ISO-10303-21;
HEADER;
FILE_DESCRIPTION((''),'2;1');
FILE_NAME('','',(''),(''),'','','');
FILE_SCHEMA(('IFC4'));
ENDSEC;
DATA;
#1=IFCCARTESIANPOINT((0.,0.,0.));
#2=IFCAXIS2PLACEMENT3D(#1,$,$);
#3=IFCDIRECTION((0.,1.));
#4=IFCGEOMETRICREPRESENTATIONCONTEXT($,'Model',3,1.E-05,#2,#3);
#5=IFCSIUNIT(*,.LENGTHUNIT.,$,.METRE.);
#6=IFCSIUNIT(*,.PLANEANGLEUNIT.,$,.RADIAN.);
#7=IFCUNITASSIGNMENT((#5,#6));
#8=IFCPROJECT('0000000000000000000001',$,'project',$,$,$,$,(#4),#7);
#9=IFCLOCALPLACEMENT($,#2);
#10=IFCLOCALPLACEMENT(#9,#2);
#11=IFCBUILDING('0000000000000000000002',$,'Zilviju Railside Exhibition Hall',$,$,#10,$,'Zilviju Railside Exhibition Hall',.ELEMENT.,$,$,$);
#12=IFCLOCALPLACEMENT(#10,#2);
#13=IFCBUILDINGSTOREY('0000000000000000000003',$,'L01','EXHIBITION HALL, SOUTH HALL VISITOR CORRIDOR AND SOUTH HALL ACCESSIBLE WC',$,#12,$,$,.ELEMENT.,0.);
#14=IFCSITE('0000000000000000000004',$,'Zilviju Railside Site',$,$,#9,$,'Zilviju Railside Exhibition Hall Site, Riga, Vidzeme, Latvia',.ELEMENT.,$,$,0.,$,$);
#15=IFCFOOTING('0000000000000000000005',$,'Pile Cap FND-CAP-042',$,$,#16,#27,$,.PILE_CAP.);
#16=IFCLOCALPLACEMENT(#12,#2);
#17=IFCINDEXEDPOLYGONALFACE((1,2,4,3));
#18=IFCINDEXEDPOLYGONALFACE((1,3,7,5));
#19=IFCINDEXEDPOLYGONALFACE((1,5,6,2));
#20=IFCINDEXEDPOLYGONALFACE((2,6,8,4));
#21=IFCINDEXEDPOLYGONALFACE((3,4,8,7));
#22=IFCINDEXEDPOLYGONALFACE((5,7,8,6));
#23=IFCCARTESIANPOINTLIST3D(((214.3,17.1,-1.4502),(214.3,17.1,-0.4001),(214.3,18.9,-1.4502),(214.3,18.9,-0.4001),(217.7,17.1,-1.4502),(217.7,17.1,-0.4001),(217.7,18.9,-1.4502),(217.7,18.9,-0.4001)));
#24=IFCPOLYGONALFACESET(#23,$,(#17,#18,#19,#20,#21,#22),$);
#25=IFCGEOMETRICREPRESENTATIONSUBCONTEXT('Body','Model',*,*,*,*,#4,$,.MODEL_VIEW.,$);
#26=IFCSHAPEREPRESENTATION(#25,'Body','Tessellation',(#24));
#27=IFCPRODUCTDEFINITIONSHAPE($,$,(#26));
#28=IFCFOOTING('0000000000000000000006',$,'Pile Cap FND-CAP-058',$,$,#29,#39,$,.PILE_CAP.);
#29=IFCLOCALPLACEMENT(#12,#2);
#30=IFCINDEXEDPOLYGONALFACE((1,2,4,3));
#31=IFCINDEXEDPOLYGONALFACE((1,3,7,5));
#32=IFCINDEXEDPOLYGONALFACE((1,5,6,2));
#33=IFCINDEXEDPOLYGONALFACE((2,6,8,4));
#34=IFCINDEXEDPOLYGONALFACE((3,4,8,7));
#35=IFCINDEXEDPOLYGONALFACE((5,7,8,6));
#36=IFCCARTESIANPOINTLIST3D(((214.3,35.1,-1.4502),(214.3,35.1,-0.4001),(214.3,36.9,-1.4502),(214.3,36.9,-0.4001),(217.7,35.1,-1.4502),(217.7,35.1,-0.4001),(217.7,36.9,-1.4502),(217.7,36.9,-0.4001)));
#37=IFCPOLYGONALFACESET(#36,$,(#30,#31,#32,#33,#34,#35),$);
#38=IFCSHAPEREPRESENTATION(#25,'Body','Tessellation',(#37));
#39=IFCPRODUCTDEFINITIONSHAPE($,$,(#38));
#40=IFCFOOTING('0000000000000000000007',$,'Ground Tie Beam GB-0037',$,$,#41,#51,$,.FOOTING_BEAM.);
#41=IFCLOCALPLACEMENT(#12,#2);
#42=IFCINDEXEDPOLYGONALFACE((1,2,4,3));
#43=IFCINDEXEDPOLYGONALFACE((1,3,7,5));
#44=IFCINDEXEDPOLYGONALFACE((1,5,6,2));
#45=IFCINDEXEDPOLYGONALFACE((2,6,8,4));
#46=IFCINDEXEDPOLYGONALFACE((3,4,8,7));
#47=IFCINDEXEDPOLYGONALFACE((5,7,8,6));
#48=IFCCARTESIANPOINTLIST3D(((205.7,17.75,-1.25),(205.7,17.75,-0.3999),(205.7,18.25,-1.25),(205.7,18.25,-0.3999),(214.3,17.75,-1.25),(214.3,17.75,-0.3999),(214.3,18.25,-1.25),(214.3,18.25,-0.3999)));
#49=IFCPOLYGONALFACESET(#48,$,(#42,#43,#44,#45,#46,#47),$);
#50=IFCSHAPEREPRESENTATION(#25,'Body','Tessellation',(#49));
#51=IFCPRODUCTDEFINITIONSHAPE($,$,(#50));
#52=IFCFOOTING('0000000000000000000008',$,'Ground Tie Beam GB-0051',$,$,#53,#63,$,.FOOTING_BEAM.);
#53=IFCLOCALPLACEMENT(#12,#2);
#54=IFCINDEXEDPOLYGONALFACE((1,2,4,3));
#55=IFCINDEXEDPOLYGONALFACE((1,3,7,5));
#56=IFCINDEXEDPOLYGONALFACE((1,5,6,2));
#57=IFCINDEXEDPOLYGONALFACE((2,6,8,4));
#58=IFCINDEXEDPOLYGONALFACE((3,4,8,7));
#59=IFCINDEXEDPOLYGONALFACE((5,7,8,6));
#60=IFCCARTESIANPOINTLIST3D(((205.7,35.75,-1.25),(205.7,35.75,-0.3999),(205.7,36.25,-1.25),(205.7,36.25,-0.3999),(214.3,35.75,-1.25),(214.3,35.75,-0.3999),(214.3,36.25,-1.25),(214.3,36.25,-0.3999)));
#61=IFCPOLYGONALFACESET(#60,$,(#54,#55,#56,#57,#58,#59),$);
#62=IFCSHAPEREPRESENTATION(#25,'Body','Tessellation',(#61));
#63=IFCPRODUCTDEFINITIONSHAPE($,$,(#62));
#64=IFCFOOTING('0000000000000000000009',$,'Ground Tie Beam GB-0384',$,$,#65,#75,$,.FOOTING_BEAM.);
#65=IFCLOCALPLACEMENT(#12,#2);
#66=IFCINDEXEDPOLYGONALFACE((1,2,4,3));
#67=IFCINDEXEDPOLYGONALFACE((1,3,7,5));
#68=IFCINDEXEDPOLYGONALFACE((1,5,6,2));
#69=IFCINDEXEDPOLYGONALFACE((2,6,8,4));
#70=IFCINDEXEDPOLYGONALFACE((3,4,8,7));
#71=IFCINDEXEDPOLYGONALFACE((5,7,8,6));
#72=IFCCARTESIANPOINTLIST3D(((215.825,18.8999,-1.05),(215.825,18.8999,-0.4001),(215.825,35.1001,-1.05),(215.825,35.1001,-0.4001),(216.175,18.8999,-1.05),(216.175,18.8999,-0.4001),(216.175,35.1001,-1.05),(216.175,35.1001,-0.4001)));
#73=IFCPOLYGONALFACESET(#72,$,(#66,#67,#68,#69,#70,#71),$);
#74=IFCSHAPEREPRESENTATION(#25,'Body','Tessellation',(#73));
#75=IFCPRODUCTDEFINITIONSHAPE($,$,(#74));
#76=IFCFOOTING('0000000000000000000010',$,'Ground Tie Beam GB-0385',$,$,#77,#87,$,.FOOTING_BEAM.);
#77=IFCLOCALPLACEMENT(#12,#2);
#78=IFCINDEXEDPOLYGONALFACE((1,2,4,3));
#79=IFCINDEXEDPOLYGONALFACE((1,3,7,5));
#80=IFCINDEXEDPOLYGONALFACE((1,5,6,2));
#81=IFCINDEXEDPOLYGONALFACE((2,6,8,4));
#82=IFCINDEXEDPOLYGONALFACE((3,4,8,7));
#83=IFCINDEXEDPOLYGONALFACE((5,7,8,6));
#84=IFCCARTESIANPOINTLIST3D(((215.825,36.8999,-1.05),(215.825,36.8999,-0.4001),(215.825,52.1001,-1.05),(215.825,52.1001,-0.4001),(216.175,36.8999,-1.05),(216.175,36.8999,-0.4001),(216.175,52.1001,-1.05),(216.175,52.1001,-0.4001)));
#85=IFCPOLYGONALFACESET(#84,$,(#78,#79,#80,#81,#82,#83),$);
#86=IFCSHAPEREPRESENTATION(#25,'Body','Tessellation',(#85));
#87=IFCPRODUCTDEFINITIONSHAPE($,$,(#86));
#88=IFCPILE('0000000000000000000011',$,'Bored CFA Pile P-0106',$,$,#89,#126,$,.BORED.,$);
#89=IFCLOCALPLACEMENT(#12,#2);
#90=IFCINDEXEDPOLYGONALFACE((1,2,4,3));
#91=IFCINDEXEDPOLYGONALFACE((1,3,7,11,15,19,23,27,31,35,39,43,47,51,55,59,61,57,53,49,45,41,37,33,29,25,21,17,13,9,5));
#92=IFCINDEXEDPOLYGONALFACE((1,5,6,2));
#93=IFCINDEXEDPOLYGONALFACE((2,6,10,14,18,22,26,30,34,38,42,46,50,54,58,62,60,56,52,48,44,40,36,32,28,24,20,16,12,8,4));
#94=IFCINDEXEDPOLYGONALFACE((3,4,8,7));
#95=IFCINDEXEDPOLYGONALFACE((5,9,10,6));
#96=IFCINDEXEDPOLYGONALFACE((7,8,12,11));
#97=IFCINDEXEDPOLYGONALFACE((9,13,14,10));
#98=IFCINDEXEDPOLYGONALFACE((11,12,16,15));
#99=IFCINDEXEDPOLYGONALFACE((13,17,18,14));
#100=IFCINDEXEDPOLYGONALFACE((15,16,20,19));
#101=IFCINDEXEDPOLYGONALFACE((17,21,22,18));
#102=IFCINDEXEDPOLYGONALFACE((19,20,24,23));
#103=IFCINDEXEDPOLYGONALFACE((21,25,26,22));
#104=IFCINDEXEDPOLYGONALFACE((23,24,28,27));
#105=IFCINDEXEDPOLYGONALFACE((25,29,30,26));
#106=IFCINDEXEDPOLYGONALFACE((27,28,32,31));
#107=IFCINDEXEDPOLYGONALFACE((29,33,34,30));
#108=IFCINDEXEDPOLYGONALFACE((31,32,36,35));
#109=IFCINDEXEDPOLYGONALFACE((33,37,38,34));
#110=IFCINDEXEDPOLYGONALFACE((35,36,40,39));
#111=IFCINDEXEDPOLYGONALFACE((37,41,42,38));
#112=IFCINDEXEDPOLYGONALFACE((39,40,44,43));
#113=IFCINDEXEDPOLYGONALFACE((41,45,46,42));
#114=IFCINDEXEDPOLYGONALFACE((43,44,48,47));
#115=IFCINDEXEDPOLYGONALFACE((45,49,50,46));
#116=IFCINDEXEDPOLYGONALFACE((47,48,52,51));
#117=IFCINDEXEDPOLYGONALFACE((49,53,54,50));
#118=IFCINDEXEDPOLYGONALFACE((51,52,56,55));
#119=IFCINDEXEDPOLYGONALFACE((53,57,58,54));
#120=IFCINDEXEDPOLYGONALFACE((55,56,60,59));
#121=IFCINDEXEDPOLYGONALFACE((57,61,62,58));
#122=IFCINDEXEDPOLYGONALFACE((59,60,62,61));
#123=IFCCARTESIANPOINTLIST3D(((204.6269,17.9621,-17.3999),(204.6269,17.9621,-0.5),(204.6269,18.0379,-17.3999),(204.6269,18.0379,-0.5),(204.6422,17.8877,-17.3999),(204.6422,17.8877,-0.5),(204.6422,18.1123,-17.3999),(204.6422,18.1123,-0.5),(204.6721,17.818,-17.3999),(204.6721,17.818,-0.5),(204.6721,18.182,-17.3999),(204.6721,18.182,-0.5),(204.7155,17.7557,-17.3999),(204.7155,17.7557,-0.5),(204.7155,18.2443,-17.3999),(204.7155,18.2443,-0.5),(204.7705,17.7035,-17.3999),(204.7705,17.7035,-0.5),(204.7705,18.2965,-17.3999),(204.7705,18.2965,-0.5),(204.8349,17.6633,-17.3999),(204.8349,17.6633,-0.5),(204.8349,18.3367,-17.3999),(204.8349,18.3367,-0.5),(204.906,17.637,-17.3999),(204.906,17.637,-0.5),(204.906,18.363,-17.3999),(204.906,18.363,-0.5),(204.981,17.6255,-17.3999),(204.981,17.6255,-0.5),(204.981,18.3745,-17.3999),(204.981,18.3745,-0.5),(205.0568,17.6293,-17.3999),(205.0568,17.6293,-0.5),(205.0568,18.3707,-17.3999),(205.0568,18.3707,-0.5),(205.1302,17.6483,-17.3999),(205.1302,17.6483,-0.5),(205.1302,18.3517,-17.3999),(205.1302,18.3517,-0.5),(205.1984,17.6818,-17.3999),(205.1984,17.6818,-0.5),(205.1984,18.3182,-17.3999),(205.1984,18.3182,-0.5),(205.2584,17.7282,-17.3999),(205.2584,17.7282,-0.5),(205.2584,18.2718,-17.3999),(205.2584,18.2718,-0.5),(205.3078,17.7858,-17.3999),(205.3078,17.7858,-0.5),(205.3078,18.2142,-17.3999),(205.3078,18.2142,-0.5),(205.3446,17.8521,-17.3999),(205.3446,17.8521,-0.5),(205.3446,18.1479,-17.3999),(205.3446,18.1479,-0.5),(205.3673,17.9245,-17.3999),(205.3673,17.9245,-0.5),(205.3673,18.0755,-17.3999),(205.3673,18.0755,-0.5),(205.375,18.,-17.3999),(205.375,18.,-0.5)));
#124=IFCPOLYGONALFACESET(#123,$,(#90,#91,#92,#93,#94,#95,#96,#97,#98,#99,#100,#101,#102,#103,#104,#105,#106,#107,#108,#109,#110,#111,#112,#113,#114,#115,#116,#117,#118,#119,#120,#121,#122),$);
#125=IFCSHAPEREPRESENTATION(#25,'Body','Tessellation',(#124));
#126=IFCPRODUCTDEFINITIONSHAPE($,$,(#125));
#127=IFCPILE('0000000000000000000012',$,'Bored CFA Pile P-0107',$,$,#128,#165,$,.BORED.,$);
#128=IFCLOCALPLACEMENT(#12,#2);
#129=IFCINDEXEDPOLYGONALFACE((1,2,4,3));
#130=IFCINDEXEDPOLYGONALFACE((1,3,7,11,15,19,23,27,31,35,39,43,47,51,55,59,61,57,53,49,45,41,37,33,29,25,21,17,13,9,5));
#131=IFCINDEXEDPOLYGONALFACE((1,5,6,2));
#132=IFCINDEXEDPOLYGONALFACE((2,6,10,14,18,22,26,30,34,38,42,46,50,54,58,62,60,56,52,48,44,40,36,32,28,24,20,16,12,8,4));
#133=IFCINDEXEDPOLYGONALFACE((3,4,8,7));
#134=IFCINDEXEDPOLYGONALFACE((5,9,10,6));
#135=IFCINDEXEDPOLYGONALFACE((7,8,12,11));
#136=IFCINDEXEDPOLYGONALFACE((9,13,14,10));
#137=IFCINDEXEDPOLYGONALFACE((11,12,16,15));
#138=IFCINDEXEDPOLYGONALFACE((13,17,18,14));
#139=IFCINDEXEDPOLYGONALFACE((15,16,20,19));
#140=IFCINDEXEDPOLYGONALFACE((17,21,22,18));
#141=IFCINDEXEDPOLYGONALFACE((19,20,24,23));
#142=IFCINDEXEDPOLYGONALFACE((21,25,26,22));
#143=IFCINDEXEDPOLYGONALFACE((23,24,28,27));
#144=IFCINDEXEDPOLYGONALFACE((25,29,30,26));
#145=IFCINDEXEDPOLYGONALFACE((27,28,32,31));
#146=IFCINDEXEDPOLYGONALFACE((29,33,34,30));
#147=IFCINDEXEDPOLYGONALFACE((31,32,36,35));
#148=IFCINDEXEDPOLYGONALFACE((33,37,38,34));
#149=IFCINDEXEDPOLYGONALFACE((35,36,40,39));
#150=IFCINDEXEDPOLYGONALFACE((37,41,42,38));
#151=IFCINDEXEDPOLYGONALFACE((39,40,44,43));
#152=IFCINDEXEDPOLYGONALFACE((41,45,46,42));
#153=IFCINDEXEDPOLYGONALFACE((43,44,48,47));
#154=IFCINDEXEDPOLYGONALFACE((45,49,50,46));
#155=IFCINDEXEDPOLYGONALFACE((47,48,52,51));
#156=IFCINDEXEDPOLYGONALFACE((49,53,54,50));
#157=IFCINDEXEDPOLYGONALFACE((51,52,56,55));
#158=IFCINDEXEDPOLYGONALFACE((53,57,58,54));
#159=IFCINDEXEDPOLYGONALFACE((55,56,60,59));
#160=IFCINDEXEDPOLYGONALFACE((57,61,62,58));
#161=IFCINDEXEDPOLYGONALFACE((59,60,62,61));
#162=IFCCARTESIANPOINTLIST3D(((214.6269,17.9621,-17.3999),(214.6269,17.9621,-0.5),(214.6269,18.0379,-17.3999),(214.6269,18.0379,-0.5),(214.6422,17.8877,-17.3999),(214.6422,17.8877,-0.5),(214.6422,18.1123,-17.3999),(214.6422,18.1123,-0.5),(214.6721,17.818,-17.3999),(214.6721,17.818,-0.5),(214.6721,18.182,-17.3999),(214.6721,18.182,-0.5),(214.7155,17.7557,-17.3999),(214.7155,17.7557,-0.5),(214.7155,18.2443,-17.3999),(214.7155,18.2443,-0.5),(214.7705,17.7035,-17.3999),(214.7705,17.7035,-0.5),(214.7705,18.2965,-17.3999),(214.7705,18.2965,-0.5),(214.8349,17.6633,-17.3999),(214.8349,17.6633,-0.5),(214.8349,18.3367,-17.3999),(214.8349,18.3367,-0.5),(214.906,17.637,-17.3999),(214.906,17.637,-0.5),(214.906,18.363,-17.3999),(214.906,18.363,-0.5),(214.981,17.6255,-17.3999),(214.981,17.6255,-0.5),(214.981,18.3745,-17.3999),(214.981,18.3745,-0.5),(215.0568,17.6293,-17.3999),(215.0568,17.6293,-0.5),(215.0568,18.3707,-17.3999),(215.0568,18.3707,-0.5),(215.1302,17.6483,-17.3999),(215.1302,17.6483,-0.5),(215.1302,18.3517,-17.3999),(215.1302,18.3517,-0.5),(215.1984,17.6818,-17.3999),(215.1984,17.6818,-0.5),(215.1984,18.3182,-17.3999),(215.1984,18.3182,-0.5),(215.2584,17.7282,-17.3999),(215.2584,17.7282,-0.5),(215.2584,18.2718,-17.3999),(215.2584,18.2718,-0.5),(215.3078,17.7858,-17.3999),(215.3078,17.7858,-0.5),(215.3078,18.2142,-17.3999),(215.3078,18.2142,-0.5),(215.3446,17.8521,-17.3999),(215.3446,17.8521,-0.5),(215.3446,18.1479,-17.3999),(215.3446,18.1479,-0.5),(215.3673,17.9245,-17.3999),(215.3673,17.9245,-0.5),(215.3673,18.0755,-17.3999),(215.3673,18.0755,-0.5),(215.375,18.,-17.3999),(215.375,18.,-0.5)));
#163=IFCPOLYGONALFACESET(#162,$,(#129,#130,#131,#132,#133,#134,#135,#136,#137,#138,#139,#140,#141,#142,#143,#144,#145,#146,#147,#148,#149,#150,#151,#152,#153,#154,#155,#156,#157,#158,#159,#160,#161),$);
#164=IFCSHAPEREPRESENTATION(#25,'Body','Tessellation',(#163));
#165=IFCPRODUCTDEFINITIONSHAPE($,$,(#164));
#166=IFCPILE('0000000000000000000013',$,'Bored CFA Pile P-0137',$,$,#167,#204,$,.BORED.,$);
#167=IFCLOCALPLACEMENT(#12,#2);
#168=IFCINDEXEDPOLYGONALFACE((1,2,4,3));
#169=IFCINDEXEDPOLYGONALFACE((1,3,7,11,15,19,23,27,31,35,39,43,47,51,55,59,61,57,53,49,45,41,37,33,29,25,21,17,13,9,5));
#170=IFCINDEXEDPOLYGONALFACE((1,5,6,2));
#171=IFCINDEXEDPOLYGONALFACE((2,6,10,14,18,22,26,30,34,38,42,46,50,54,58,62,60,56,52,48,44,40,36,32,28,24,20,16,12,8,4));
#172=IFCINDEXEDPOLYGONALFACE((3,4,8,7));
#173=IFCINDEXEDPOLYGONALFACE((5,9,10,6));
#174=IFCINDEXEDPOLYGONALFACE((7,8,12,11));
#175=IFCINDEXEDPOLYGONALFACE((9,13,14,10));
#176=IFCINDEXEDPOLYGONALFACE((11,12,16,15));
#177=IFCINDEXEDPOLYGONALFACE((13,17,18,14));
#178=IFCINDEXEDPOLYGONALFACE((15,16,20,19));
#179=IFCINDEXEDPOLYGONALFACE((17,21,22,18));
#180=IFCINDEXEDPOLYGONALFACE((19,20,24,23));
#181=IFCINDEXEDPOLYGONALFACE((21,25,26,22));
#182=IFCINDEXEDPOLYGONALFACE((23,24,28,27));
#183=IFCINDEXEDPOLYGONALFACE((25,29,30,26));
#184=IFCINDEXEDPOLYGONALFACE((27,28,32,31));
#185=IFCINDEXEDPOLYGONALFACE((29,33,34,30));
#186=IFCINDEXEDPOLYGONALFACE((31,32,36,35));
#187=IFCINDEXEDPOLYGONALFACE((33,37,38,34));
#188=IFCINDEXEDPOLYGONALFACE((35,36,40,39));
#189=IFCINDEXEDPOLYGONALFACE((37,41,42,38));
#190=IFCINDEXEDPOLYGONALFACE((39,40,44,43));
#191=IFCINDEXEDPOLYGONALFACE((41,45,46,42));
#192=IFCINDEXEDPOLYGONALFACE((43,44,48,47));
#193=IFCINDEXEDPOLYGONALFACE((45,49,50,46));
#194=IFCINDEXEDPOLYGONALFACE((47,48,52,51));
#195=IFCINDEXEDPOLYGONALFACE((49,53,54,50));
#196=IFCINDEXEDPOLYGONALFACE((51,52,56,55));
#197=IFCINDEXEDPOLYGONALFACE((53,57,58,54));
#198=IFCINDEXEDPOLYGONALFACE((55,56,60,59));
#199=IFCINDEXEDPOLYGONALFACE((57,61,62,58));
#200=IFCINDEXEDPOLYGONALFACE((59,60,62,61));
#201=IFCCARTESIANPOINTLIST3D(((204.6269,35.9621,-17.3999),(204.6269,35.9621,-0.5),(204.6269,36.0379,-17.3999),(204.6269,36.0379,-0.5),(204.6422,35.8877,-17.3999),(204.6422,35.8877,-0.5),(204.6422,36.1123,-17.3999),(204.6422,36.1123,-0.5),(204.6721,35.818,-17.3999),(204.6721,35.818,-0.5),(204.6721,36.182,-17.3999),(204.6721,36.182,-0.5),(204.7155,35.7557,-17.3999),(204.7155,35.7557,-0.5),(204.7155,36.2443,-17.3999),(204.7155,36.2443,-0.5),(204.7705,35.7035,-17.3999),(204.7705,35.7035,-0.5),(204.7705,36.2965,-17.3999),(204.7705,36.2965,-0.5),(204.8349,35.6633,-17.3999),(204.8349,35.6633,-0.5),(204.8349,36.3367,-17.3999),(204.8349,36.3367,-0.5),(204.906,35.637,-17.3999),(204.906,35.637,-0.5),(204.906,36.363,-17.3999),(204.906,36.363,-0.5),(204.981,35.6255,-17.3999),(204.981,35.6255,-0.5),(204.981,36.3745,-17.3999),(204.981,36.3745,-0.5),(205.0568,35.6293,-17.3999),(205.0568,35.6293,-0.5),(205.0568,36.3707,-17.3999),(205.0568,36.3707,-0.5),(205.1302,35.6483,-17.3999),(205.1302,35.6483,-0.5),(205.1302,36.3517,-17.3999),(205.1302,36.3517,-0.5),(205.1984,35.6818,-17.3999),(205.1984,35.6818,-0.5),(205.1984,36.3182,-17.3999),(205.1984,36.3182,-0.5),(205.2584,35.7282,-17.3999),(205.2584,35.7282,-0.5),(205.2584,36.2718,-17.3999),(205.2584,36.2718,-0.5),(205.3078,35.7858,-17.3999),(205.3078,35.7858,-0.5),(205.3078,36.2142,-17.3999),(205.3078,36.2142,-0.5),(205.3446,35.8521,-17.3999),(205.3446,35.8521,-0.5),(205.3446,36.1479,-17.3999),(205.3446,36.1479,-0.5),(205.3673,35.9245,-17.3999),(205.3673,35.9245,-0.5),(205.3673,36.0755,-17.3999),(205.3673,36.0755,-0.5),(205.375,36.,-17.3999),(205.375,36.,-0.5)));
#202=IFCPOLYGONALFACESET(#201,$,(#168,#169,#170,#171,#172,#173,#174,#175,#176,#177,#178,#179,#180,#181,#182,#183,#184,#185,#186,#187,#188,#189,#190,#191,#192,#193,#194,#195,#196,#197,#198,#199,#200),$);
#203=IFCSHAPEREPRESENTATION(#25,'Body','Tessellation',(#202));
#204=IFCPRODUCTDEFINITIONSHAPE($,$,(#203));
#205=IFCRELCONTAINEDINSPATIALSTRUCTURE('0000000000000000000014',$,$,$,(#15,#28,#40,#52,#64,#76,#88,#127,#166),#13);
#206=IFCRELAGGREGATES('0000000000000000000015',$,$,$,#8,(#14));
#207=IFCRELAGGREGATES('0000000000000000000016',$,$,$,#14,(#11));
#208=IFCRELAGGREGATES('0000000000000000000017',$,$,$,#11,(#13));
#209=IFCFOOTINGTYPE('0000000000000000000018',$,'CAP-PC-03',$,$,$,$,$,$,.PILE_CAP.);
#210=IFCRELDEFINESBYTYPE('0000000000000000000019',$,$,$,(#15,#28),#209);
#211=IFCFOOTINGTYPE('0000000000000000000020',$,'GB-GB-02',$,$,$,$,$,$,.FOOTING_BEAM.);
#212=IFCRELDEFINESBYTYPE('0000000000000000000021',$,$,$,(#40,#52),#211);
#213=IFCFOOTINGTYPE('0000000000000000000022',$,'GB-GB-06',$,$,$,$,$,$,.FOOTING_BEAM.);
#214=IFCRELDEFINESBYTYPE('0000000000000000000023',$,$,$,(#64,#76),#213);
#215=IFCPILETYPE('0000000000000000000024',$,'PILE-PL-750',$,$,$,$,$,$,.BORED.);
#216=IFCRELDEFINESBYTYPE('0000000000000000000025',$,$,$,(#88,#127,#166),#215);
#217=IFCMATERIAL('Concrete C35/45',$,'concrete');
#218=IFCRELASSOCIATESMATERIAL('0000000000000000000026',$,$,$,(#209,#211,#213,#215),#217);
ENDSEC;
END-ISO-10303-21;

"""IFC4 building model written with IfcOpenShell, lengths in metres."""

from ifc_helpers import new_model, si_unit, direction, frame, origin, origin_2d, place, context, subcontext, project, spatial, rectangle, circle, extrude, material, material_profile, profile_set, type_object, element, save


model = new_model("IFC4")

# Units and contexts
model_context = context("Model", 3, precision=1e-05, world=origin(), true_north=direction((0.0, 1.0)))
body_context = subcontext(model_context, "Body", "Model", "MODEL_VIEW")
ifc_project = project(units=[si_unit("LENGTHUNIT", "METRE"), si_unit("PLANEANGLEUNIT", "RADIAN")], contexts=[model_context])

# Site, building, storey
site_placement = place(None, origin())
site = spatial("IfcSite", under=ifc_project, at=site_placement, Name="Zilviju Railside Site", LongName="Zilviju Railside Exhibition Hall Site, Riga, Vidzeme, Latvia", CompositionType="ELEMENT", RefElevation=0.0)
building_placement = place(site_placement, origin())
building = spatial("IfcBuilding", under=site, at=building_placement, Name="Zilviju Railside Exhibition Hall", LongName="Zilviju Railside Exhibition Hall", CompositionType="ELEMENT")
storey_placement = place(building_placement, origin())
storey = spatial("IfcBuildingStorey", under=building, at=storey_placement, Name="L01", Description="EXHIBITION HALL, SOUTH HALL VISITOR CORRIDOR AND SOUTH HALL ACCESSIBLE WC", CompositionType="ELEMENT", Elevation=0.0)

# Footings
ifc_material_1 = material(Name="Concrete C35/45", Category="concrete")
footing_type_1 = type_object("IfcFootingType", Name="CAP-PC-03", PredefinedType="PILE_CAP", material=ifc_material_1)
for number, where, z_axis, x_axis, name in (
    (1, (216.0, 18.0, -1.4502), (0.0, 0.0, 1.0), (1.0, 0.0, 0.0), "Pile Cap FND-CAP-042"),
    (2, (216.0, 36.0, -1.4502), (0.0, 0.0, 1.0), (1.0, 0.0, 0.0), "Pile Cap FND-CAP-058"),
):
    element("IfcFooting", number, at=place(storey_placement, frame(where, z_axis=z_axis, x_axis=x_axis)), inside=storey, type_object=footing_type_1, Name=name, PredefinedType="PILE_CAP", context=body_context, shape_type="SweptSolid", body=[
        extrude(rectangle(XDim=3.3999, YDim=1.8, at=origin_2d()), origin(), (0.0, 0.0, 1.0), 1.05),
    ])
ifc_material_profile_1 = material_profile(ifc_material_1, rectangle(XDim=0.5, YDim=0.8501, at=origin_2d()), Name="TIE BEAM 500x850")
ifc_profile_set_1 = profile_set([ifc_material_profile_1], Name="Concrete C35/45")
footing_type_2 = type_object("IfcFootingType", Name="GB-GB-02", PredefinedType="FOOTING_BEAM", material=ifc_profile_set_1)
for number, where, z_axis, x_axis, name in (
    (3, (205.7, 18.0, -0.825), (1.0, 0.0, 0.0), (0.0, 1.0, 0.0), "Ground Tie Beam GB-0037"),
    (4, (205.7, 36.0, -0.825), (1.0, 0.0, 0.0), (0.0, 1.0, 0.0), "Ground Tie Beam GB-0051"),
):
    element("IfcFooting", number, at=place(storey_placement, frame(where, z_axis=z_axis, x_axis=x_axis)), inside=storey, type_object=footing_type_2, Name=name, PredefinedType="FOOTING_BEAM", context=body_context, shape_type="SweptSolid", body=[
        extrude(rectangle(XDim=0.5, YDim=0.8501, at=origin_2d()), origin(), (0.0, 0.0, 1.0), 8.6001),
    ])
ifc_material_profile_2 = material_profile(ifc_material_1, rectangle(XDim=0.3501, YDim=0.6499, at=origin_2d()), Name="TIE BEAM 350x650")
ifc_profile_set_2 = profile_set([ifc_material_profile_2], Name="Concrete C35/45")
footing_type_3 = type_object("IfcFootingType", Name="GB-GB-06", PredefinedType="FOOTING_BEAM", material=ifc_profile_set_2)
footing_1_placement = place(storey_placement, frame((216.0, 18.8999, -0.7251), z_axis=(0.0, 1.0, 0.0), x_axis=(-1.0, 0.0, 0.0)))
element("IfcFooting", 5, at=footing_1_placement, inside=storey, type_object=footing_type_3, Name="Ground Tie Beam GB-0384", PredefinedType="FOOTING_BEAM", context=body_context, shape_type="SweptSolid", body=[
    extrude(rectangle(XDim=0.3501, YDim=0.6499, at=origin_2d()), origin(), (0.0, 0.0, 1.0), 16.2002),
])
footing_2_placement = place(storey_placement, frame((216.0, 36.8999, -0.7251), z_axis=(0.0, 1.0, 0.0), x_axis=(-1.0, 0.0, 0.0)))
element("IfcFooting", 6, at=footing_2_placement, inside=storey, type_object=footing_type_3, Name="Ground Tie Beam GB-0385", PredefinedType="FOOTING_BEAM", context=body_context, shape_type="SweptSolid", body=[
    extrude(rectangle(XDim=0.3501, YDim=0.6499, at=origin_2d()), origin(), (0.0, 0.0, 1.0), 15.2002),
])

# Piles
ifc_material_profile_3 = material_profile(ifc_material_1, circle(Radius=0.375, at=origin_2d()), Name="CFA PILE D750")
ifc_profile_set_3 = profile_set([ifc_material_profile_3], Name="Concrete C35/45")
pile_type = type_object("IfcPileType", Name="PILE-PL-750", PredefinedType="BORED", material=ifc_profile_set_3)
for number, where, z_axis, x_axis, name in (
    (7, (205.0, 18.0, -0.5), (0.0, 0.0, -1.0), (1.0, 0.0, 0.0), "Bored CFA Pile P-0106"),
    (8, (215.0, 18.0, -0.5), (0.0, 0.0, -1.0), (1.0, 0.0, 0.0), "Bored CFA Pile P-0107"),
    (9, (205.0, 36.0, -0.5), (0.0, 0.0, -1.0), (1.0, 0.0, 0.0), "Bored CFA Pile P-0137"),
):
    element("IfcPile", number, at=place(storey_placement, frame(where, z_axis=z_axis, x_axis=x_axis)), inside=storey, type_object=pile_type, Name=name, PredefinedType="BORED", context=body_context, shape_type="SweptSolid", body=[
        extrude(circle(Radius=0.375, at=origin_2d()), origin(), (0.0, 0.0, 1.0), 16.8999),
    ])

save(model, "model.ifc")
